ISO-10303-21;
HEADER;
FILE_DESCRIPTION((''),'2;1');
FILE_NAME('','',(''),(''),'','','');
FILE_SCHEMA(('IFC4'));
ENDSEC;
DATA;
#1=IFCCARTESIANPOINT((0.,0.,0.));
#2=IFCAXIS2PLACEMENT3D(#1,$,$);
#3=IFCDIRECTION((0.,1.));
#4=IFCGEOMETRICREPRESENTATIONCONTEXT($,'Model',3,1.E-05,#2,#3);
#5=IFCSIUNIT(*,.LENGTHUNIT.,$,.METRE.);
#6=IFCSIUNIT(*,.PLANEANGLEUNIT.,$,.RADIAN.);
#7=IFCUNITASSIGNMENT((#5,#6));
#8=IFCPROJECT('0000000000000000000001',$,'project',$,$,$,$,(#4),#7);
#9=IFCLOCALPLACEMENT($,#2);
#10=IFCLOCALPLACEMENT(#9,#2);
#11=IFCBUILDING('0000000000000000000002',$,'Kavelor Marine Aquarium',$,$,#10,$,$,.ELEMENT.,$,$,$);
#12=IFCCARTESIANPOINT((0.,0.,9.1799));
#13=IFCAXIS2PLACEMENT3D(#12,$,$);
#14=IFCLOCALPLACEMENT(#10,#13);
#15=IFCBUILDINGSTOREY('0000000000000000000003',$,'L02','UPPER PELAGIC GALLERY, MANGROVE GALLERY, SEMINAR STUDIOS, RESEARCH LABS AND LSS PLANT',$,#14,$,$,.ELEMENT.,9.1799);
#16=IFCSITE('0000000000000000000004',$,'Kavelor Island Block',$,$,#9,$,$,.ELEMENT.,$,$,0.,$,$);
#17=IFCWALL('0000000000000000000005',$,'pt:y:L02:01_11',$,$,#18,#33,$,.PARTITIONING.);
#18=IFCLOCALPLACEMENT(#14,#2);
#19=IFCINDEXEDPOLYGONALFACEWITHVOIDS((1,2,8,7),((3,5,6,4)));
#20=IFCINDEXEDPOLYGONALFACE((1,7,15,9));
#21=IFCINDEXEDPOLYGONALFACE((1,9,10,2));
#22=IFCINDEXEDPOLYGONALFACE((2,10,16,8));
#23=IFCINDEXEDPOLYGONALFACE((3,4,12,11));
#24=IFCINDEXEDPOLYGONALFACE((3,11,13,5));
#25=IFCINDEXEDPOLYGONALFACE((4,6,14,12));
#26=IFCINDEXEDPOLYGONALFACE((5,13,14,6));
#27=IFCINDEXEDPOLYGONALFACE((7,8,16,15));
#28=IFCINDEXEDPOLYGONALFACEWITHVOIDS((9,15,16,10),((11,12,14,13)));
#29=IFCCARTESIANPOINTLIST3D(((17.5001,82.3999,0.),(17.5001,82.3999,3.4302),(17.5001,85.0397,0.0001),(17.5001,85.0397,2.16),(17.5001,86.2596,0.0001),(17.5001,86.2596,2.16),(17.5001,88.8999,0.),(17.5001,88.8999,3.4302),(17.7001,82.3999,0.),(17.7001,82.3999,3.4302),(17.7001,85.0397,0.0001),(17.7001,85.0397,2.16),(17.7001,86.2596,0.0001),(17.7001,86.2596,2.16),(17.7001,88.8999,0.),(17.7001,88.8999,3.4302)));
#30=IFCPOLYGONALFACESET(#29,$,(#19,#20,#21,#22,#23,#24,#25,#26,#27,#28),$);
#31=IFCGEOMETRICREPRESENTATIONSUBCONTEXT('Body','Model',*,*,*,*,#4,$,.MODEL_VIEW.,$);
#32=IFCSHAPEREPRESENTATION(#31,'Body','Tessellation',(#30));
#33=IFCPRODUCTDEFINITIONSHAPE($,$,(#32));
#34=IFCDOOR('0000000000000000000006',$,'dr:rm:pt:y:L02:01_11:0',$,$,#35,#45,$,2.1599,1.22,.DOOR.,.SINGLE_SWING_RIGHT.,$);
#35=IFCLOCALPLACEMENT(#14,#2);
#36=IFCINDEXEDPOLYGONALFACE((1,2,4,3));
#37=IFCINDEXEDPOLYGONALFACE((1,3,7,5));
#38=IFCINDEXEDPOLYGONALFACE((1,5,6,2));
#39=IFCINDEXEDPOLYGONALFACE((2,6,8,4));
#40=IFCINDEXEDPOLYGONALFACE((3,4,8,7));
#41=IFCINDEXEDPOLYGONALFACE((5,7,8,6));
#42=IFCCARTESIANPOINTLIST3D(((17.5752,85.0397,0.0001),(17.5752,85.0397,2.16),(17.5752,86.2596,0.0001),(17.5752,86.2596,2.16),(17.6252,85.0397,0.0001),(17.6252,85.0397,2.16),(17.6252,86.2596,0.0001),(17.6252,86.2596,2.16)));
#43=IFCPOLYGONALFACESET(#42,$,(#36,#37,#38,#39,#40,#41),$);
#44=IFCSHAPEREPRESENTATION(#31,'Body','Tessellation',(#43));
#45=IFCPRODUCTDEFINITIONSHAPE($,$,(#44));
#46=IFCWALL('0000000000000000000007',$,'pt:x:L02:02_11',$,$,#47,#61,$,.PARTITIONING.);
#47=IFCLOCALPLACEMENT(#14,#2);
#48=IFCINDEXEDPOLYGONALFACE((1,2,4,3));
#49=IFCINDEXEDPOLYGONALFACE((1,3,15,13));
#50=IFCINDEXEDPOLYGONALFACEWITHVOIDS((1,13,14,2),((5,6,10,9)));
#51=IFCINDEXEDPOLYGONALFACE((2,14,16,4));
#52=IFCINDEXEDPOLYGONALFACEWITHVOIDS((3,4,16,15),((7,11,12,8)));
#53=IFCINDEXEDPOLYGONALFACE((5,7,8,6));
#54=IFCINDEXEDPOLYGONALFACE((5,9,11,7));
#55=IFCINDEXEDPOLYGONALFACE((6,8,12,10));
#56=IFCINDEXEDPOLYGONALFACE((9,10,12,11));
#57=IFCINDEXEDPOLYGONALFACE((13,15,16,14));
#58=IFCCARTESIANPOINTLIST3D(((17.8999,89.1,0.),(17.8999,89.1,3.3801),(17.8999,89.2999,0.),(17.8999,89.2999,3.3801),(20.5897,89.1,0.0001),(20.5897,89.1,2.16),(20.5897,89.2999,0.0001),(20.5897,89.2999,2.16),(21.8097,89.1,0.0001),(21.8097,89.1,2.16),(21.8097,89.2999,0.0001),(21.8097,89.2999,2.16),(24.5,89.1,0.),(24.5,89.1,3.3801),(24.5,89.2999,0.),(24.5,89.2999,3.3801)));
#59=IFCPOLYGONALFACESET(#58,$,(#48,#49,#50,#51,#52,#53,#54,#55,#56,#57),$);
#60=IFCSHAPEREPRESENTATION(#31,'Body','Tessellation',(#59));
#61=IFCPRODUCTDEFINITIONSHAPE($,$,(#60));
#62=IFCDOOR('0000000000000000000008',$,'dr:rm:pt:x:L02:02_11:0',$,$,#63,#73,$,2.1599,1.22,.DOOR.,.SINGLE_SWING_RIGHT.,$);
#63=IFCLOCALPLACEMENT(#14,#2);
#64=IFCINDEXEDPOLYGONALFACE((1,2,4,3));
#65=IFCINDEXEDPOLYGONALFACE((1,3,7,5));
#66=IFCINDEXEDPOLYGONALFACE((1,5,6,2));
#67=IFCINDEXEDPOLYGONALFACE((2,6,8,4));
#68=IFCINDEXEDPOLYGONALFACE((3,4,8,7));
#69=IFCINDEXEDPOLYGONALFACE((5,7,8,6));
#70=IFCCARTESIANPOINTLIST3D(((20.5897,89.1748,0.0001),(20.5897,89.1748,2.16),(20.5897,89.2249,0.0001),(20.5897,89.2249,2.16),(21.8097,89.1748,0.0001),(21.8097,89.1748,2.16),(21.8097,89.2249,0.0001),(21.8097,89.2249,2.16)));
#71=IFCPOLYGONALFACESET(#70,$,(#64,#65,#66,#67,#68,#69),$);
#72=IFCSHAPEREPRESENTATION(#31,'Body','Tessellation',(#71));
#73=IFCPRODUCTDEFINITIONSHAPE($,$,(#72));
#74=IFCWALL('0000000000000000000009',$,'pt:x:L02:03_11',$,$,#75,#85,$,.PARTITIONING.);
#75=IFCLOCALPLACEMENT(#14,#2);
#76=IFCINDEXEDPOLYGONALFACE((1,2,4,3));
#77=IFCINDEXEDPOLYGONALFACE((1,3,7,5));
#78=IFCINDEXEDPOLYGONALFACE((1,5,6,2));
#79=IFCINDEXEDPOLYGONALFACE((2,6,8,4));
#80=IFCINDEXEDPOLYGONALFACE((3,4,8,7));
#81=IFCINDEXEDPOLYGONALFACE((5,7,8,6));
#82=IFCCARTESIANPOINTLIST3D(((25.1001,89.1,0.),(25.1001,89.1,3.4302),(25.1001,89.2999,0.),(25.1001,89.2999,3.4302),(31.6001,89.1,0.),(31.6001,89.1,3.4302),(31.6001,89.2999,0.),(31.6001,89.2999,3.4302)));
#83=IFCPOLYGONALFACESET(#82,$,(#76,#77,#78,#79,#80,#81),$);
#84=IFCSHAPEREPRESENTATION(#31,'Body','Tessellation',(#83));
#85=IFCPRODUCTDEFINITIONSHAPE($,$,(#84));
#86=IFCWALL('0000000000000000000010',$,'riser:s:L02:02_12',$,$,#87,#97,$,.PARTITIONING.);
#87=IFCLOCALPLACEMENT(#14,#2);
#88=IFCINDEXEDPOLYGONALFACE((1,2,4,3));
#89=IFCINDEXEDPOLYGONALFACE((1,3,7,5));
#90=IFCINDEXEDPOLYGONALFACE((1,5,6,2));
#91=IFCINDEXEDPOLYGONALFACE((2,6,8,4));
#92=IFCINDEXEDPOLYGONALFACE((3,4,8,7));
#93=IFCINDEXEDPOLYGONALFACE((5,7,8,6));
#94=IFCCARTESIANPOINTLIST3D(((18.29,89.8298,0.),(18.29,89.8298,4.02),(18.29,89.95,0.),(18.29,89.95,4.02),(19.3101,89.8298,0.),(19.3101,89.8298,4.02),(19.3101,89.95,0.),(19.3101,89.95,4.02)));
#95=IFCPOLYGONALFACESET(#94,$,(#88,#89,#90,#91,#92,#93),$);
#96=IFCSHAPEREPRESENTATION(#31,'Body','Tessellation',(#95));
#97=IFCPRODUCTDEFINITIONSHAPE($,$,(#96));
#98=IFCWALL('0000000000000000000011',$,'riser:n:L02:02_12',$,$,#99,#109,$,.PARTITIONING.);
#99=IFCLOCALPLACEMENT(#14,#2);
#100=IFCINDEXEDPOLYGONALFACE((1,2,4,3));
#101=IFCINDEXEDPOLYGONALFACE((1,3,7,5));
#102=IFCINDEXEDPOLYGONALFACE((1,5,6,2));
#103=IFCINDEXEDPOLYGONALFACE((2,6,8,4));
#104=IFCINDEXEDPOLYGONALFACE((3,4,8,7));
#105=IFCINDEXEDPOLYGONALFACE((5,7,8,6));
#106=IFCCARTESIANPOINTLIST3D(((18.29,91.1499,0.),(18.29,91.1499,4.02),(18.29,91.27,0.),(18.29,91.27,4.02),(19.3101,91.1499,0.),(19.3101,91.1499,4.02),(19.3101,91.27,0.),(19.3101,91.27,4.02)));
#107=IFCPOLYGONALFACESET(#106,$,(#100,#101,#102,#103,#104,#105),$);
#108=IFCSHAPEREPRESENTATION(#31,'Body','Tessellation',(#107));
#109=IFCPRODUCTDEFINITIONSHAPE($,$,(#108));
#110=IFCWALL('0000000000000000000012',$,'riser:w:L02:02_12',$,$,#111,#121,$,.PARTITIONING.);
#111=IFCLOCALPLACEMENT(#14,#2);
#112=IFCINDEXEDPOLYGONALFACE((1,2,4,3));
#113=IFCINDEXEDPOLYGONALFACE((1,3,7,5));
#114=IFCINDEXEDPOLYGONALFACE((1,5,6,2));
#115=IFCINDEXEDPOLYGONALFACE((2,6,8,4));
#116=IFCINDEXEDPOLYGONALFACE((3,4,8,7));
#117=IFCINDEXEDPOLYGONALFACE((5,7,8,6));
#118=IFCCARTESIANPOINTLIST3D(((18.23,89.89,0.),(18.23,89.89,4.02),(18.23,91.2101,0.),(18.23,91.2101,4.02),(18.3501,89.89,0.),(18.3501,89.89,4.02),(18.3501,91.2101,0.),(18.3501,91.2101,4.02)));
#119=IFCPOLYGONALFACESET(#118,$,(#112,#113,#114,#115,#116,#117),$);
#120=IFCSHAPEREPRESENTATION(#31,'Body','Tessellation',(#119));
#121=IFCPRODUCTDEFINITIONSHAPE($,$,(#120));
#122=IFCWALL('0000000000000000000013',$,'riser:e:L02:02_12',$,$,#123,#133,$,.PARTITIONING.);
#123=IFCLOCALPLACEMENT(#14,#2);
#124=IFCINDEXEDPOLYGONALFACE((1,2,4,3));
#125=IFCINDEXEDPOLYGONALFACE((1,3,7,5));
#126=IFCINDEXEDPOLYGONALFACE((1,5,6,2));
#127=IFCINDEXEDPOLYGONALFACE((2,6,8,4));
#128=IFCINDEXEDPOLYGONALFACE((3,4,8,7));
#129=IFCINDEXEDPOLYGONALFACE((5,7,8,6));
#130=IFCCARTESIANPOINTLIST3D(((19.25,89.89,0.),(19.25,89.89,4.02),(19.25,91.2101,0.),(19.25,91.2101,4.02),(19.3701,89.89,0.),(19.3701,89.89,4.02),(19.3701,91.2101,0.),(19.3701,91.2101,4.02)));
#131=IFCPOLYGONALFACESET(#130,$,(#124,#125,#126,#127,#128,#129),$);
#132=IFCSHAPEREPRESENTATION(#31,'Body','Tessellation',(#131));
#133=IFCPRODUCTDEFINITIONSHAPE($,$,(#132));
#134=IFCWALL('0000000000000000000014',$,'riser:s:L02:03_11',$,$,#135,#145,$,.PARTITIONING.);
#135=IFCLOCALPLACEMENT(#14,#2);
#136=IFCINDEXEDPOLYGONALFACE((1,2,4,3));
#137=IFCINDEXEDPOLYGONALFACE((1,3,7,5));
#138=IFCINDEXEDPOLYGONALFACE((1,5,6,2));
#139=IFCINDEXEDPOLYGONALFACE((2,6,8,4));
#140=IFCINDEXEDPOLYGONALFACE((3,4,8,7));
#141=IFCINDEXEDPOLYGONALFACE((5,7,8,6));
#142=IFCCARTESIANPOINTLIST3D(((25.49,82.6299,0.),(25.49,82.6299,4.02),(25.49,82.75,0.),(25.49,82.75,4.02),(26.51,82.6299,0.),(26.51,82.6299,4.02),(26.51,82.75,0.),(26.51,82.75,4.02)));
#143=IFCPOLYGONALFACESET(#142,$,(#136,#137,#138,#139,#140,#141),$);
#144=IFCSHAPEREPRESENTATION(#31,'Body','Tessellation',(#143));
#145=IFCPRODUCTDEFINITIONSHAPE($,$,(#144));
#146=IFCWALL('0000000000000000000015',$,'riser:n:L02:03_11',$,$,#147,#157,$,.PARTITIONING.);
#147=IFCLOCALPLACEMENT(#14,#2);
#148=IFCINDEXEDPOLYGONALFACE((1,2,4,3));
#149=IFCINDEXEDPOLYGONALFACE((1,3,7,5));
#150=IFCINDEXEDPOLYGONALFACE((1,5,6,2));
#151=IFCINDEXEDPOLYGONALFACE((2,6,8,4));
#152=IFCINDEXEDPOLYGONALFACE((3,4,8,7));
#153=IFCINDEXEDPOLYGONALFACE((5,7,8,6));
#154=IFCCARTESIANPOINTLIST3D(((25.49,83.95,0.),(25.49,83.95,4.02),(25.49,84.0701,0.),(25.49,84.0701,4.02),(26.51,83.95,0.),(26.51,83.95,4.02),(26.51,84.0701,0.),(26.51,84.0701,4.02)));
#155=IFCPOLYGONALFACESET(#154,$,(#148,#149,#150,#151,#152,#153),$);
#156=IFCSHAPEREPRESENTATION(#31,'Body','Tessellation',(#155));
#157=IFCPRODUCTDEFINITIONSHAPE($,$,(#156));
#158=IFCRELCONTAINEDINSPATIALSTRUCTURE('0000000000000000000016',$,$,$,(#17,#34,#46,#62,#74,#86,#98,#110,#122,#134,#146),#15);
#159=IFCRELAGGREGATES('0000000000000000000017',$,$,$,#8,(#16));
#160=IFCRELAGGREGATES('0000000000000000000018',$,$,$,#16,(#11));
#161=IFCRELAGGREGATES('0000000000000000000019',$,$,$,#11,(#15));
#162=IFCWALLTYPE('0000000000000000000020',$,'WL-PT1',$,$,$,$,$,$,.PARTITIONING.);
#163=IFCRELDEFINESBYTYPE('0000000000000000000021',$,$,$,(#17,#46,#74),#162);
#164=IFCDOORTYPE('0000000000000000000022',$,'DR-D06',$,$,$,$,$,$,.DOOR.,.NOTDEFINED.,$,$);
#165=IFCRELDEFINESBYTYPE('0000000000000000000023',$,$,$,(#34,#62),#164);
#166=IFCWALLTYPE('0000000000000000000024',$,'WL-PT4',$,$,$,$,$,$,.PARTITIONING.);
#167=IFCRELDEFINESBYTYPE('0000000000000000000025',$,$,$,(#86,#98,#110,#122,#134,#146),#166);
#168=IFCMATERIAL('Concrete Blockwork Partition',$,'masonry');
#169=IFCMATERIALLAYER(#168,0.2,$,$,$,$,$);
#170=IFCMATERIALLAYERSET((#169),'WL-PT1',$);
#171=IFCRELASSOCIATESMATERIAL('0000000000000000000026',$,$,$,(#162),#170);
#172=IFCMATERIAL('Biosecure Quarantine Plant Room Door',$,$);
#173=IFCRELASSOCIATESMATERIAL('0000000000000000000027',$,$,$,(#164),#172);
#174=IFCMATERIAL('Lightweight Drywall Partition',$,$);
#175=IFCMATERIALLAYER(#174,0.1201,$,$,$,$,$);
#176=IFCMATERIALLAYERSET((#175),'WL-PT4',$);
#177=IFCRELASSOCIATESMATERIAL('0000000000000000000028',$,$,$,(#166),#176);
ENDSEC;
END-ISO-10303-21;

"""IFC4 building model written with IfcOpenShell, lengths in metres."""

from ifc_helpers import new_model, si_unit, direction, frame, frame_2d, origin, place, context, subcontext, project, spatial, rectangle, extrude, material, layer, layer_set, type_object, element, fill, save


model = new_model("IFC4")

# Units and contexts
model_context = context("Model", 3, precision=1e-05, world=origin(), true_north=direction((0.0, 1.0)))
body_context = subcontext(model_context, "Body", "Model", "MODEL_VIEW")
ifc_project = project(units=[si_unit("LENGTHUNIT", "METRE"), si_unit("PLANEANGLEUNIT", "RADIAN")], contexts=[model_context])

# Site, building, storey
site_placement = place(None, origin())
site = spatial("IfcSite", under=ifc_project, at=site_placement, Name="Kavelor Island Block", CompositionType="ELEMENT", RefElevation=0.0)
building_placement = place(site_placement, origin())
building = spatial("IfcBuilding", under=site, at=building_placement, Name="Kavelor Marine Aquarium", CompositionType="ELEMENT")
storey_placement = place(building_placement, frame((0.0, 0.0, 9.1799)))
storey = spatial("IfcBuildingStorey", under=building, at=storey_placement, Name="L02", Description="UPPER PELAGIC GALLERY, MANGROVE GALLERY, SEMINAR STUDIOS, RESEARCH LABS AND LSS PLANT", CompositionType="ELEMENT", Elevation=9.1799)

# Walls, openings, doors
ifc_material_1 = material(Name="Concrete Blockwork Partition", Category="masonry")
ifc_layer_1 = layer(ifc_material_1, 0.2)
ifc_layer_set_1 = layer_set([ifc_layer_1], Name="WL-PT1")
wall_type_1 = type_object("IfcWallType", Name="WL-PT1", PredefinedType="PARTITIONING", material=ifc_layer_set_1)
wall_1_placement = place(storey_placement, frame((17.6001, 82.3999, 0.0), z_axis=(0.0, 0.0, 1.0), x_axis=(0.0, 1.0, 0.0)))
wall_1 = element("IfcWall", 1, at=wall_1_placement, inside=storey, type_object=wall_type_1, Name="pt:y:L02:01_11", PredefinedType="PARTITIONING", context=body_context, shape_type="SweptSolid", body=[
    extrude(rectangle(XDim=6.5, YDim=0.2, at=frame_2d((3.25, 0.0))), origin(), (0.0, 0.0, 1.0), 3.4302),
])
opening_1_placement = place(wall_1_placement, frame((2.6399, 0.0, 0.0)))
opening_1 = element("IfcOpeningElement", 2, at=opening_1_placement, cuts=wall_1, PredefinedType="OPENING", context=body_context, shape_type="SweptSolid", body=[
    extrude(rectangle(XDim=1.22, YDim=2.1599, at=frame_2d((0.6099, 1.0801))), frame((0.0, 0.1099, 0.0), z_axis=(0.0, -1.0, 0.0), x_axis=(1.0, 0.0, 0.0)), (0.0, 0.0, 1.0), 0.22),
])
ifc_material_2 = material(Name="Biosecure Quarantine Plant Room Door")
door_type = type_object("IfcDoorType", Name="DR-D06", OperationType="NOTDEFINED", PredefinedType="DOOR", material=ifc_material_2)
door_1_placement = place(opening_1_placement, origin())
door_1 = element("IfcDoor", 3, at=door_1_placement, inside=storey, type_object=door_type, Name="dr:rm:pt:y:L02:01_11:0", OperationType="SINGLE_SWING_RIGHT", OverallHeight=2.1599, OverallWidth=1.22, PredefinedType="DOOR", context=body_context, shape_type="SweptSolid", body=[
    extrude(rectangle(XDim=1.22, YDim=2.1599, at=frame_2d((0.6099, 1.0801))), frame((0.0, 0.0249, 0.0), z_axis=(0.0, -1.0, 0.0), x_axis=(1.0, 0.0, 0.0)), (0.0, 0.0, 1.0), 0.05),
])
fill(opening_1, door_1)
wall_2_placement = place(storey_placement, frame((17.8999, 89.2, 0.0), z_axis=(0.0, 0.0, 1.0), x_axis=(1.0, 0.0, 0.0)))
wall_2 = element("IfcWall", 4, at=wall_2_placement, inside=storey, type_object=wall_type_1, Name="pt:x:L02:02_11", PredefinedType="PARTITIONING", context=body_context, shape_type="SweptSolid", body=[
    extrude(rectangle(XDim=6.6001, YDim=0.2, at=frame_2d((3.3, 0.0))), origin(), (0.0, 0.0, 1.0), 3.3801),
])
opening_2_placement = place(wall_2_placement, frame((2.6899, 0.0, 0.0)))
opening_2 = element("IfcOpeningElement", 5, at=opening_2_placement, cuts=wall_2, PredefinedType="OPENING", context=body_context, shape_type="SweptSolid", body=[
    extrude(rectangle(XDim=1.22, YDim=2.1599, at=frame_2d((0.6099, 1.0801))), frame((0.0, 0.1099, 0.0), z_axis=(0.0, -1.0, 0.0), x_axis=(1.0, 0.0, 0.0)), (0.0, 0.0, 1.0), 0.22),
])
door_2_placement = place(opening_2_placement, origin())
door_2 = element("IfcDoor", 6, at=door_2_placement, inside=storey, type_object=door_type, Name="dr:rm:pt:x:L02:02_11:0", OperationType="SINGLE_SWING_RIGHT", OverallHeight=2.1599, OverallWidth=1.22, PredefinedType="DOOR", context=body_context, shape_type="SweptSolid", body=[
    extrude(rectangle(XDim=1.22, YDim=2.1599, at=frame_2d((0.6099, 1.0801))), frame((0.0, 0.0249, 0.0), z_axis=(0.0, -1.0, 0.0), x_axis=(1.0, 0.0, 0.0)), (0.0, 0.0, 1.0), 0.05),
])
fill(opening_2, door_2)

# Walls
wall_3_placement = place(storey_placement, frame((25.1001, 89.2, 0.0), z_axis=(0.0, 0.0, 1.0), x_axis=(1.0, 0.0, 0.0)))
element("IfcWall", 7, at=wall_3_placement, inside=storey, type_object=wall_type_1, Name="pt:x:L02:03_11", PredefinedType="PARTITIONING", context=body_context, shape_type="SweptSolid", body=[
    extrude(rectangle(XDim=6.5, YDim=0.2, at=frame_2d((3.25, 0.0))), origin(), (0.0, 0.0, 1.0), 3.4302),
])
ifc_material_3 = material(Name="Lightweight Drywall Partition")
ifc_layer_2 = layer(ifc_material_3, 0.1201)
ifc_layer_set_2 = layer_set([ifc_layer_2], Name="WL-PT4")
wall_type_2 = type_object("IfcWallType", Name="WL-PT4", PredefinedType="PARTITIONING", material=ifc_layer_set_2)
for number, where, z_axis, x_axis, name in (
    (8, (18.29, 89.8899, 0.0), (0.0, 0.0, 1.0), (1.0, 0.0, 0.0), "riser:s:L02:02_12"),
    (9, (18.29, 91.21, 0.0), (0.0, 0.0, 1.0), (1.0, 0.0, 0.0), "riser:n:L02:02_12"),
):
    element("IfcWall", number, at=place(storey_placement, frame(where, z_axis=z_axis, x_axis=x_axis)), inside=storey, type_object=wall_type_2, Name=name, PredefinedType="PARTITIONING", context=body_context, shape_type="SweptSolid", body=[
        extrude(rectangle(XDim=1.02, YDim=0.1201, at=frame_2d((0.51, 0.0))), origin(), (0.0, 0.0, 1.0), 4.02),
    ])
for number, where, z_axis, x_axis, name in (
    (10, (18.29, 89.8899, 0.0), (0.0, 0.0, 1.0), (0.0, 1.0, 0.0), "riser:w:L02:02_12"),
    (11, (19.3101, 89.8899, 0.0), (0.0, 0.0, 1.0), (0.0, 1.0, 0.0), "riser:e:L02:02_12"),
):
    element("IfcWall", number, at=place(storey_placement, frame(where, z_axis=z_axis, x_axis=x_axis)), inside=storey, type_object=wall_type_2, Name=name, PredefinedType="PARTITIONING", context=body_context, shape_type="SweptSolid", body=[
        extrude(rectangle(XDim=1.3201, YDim=0.1201, at=frame_2d((0.6602, 0.0))), origin(), (0.0, 0.0, 1.0), 4.02),
    ])
for number, where, z_axis, x_axis, name in (
    (12, (25.49, 82.6899, 0.0), (0.0, 0.0, 1.0), (1.0, 0.0, 0.0), "riser:s:L02:03_11"),
    (13, (25.49, 84.01, 0.0), (0.0, 0.0, 1.0), (1.0, 0.0, 0.0), "riser:n:L02:03_11"),
):
    element("IfcWall", number, at=place(storey_placement, frame(where, z_axis=z_axis, x_axis=x_axis)), inside=storey, type_object=wall_type_2, Name=name, PredefinedType="PARTITIONING", context=body_context, shape_type="SweptSolid", body=[
        extrude(rectangle(XDim=1.02, YDim=0.1201, at=frame_2d((0.51, 0.0))), origin(), (0.0, 0.0, 1.0), 4.02),
    ])

save(model, "model.ifc")
